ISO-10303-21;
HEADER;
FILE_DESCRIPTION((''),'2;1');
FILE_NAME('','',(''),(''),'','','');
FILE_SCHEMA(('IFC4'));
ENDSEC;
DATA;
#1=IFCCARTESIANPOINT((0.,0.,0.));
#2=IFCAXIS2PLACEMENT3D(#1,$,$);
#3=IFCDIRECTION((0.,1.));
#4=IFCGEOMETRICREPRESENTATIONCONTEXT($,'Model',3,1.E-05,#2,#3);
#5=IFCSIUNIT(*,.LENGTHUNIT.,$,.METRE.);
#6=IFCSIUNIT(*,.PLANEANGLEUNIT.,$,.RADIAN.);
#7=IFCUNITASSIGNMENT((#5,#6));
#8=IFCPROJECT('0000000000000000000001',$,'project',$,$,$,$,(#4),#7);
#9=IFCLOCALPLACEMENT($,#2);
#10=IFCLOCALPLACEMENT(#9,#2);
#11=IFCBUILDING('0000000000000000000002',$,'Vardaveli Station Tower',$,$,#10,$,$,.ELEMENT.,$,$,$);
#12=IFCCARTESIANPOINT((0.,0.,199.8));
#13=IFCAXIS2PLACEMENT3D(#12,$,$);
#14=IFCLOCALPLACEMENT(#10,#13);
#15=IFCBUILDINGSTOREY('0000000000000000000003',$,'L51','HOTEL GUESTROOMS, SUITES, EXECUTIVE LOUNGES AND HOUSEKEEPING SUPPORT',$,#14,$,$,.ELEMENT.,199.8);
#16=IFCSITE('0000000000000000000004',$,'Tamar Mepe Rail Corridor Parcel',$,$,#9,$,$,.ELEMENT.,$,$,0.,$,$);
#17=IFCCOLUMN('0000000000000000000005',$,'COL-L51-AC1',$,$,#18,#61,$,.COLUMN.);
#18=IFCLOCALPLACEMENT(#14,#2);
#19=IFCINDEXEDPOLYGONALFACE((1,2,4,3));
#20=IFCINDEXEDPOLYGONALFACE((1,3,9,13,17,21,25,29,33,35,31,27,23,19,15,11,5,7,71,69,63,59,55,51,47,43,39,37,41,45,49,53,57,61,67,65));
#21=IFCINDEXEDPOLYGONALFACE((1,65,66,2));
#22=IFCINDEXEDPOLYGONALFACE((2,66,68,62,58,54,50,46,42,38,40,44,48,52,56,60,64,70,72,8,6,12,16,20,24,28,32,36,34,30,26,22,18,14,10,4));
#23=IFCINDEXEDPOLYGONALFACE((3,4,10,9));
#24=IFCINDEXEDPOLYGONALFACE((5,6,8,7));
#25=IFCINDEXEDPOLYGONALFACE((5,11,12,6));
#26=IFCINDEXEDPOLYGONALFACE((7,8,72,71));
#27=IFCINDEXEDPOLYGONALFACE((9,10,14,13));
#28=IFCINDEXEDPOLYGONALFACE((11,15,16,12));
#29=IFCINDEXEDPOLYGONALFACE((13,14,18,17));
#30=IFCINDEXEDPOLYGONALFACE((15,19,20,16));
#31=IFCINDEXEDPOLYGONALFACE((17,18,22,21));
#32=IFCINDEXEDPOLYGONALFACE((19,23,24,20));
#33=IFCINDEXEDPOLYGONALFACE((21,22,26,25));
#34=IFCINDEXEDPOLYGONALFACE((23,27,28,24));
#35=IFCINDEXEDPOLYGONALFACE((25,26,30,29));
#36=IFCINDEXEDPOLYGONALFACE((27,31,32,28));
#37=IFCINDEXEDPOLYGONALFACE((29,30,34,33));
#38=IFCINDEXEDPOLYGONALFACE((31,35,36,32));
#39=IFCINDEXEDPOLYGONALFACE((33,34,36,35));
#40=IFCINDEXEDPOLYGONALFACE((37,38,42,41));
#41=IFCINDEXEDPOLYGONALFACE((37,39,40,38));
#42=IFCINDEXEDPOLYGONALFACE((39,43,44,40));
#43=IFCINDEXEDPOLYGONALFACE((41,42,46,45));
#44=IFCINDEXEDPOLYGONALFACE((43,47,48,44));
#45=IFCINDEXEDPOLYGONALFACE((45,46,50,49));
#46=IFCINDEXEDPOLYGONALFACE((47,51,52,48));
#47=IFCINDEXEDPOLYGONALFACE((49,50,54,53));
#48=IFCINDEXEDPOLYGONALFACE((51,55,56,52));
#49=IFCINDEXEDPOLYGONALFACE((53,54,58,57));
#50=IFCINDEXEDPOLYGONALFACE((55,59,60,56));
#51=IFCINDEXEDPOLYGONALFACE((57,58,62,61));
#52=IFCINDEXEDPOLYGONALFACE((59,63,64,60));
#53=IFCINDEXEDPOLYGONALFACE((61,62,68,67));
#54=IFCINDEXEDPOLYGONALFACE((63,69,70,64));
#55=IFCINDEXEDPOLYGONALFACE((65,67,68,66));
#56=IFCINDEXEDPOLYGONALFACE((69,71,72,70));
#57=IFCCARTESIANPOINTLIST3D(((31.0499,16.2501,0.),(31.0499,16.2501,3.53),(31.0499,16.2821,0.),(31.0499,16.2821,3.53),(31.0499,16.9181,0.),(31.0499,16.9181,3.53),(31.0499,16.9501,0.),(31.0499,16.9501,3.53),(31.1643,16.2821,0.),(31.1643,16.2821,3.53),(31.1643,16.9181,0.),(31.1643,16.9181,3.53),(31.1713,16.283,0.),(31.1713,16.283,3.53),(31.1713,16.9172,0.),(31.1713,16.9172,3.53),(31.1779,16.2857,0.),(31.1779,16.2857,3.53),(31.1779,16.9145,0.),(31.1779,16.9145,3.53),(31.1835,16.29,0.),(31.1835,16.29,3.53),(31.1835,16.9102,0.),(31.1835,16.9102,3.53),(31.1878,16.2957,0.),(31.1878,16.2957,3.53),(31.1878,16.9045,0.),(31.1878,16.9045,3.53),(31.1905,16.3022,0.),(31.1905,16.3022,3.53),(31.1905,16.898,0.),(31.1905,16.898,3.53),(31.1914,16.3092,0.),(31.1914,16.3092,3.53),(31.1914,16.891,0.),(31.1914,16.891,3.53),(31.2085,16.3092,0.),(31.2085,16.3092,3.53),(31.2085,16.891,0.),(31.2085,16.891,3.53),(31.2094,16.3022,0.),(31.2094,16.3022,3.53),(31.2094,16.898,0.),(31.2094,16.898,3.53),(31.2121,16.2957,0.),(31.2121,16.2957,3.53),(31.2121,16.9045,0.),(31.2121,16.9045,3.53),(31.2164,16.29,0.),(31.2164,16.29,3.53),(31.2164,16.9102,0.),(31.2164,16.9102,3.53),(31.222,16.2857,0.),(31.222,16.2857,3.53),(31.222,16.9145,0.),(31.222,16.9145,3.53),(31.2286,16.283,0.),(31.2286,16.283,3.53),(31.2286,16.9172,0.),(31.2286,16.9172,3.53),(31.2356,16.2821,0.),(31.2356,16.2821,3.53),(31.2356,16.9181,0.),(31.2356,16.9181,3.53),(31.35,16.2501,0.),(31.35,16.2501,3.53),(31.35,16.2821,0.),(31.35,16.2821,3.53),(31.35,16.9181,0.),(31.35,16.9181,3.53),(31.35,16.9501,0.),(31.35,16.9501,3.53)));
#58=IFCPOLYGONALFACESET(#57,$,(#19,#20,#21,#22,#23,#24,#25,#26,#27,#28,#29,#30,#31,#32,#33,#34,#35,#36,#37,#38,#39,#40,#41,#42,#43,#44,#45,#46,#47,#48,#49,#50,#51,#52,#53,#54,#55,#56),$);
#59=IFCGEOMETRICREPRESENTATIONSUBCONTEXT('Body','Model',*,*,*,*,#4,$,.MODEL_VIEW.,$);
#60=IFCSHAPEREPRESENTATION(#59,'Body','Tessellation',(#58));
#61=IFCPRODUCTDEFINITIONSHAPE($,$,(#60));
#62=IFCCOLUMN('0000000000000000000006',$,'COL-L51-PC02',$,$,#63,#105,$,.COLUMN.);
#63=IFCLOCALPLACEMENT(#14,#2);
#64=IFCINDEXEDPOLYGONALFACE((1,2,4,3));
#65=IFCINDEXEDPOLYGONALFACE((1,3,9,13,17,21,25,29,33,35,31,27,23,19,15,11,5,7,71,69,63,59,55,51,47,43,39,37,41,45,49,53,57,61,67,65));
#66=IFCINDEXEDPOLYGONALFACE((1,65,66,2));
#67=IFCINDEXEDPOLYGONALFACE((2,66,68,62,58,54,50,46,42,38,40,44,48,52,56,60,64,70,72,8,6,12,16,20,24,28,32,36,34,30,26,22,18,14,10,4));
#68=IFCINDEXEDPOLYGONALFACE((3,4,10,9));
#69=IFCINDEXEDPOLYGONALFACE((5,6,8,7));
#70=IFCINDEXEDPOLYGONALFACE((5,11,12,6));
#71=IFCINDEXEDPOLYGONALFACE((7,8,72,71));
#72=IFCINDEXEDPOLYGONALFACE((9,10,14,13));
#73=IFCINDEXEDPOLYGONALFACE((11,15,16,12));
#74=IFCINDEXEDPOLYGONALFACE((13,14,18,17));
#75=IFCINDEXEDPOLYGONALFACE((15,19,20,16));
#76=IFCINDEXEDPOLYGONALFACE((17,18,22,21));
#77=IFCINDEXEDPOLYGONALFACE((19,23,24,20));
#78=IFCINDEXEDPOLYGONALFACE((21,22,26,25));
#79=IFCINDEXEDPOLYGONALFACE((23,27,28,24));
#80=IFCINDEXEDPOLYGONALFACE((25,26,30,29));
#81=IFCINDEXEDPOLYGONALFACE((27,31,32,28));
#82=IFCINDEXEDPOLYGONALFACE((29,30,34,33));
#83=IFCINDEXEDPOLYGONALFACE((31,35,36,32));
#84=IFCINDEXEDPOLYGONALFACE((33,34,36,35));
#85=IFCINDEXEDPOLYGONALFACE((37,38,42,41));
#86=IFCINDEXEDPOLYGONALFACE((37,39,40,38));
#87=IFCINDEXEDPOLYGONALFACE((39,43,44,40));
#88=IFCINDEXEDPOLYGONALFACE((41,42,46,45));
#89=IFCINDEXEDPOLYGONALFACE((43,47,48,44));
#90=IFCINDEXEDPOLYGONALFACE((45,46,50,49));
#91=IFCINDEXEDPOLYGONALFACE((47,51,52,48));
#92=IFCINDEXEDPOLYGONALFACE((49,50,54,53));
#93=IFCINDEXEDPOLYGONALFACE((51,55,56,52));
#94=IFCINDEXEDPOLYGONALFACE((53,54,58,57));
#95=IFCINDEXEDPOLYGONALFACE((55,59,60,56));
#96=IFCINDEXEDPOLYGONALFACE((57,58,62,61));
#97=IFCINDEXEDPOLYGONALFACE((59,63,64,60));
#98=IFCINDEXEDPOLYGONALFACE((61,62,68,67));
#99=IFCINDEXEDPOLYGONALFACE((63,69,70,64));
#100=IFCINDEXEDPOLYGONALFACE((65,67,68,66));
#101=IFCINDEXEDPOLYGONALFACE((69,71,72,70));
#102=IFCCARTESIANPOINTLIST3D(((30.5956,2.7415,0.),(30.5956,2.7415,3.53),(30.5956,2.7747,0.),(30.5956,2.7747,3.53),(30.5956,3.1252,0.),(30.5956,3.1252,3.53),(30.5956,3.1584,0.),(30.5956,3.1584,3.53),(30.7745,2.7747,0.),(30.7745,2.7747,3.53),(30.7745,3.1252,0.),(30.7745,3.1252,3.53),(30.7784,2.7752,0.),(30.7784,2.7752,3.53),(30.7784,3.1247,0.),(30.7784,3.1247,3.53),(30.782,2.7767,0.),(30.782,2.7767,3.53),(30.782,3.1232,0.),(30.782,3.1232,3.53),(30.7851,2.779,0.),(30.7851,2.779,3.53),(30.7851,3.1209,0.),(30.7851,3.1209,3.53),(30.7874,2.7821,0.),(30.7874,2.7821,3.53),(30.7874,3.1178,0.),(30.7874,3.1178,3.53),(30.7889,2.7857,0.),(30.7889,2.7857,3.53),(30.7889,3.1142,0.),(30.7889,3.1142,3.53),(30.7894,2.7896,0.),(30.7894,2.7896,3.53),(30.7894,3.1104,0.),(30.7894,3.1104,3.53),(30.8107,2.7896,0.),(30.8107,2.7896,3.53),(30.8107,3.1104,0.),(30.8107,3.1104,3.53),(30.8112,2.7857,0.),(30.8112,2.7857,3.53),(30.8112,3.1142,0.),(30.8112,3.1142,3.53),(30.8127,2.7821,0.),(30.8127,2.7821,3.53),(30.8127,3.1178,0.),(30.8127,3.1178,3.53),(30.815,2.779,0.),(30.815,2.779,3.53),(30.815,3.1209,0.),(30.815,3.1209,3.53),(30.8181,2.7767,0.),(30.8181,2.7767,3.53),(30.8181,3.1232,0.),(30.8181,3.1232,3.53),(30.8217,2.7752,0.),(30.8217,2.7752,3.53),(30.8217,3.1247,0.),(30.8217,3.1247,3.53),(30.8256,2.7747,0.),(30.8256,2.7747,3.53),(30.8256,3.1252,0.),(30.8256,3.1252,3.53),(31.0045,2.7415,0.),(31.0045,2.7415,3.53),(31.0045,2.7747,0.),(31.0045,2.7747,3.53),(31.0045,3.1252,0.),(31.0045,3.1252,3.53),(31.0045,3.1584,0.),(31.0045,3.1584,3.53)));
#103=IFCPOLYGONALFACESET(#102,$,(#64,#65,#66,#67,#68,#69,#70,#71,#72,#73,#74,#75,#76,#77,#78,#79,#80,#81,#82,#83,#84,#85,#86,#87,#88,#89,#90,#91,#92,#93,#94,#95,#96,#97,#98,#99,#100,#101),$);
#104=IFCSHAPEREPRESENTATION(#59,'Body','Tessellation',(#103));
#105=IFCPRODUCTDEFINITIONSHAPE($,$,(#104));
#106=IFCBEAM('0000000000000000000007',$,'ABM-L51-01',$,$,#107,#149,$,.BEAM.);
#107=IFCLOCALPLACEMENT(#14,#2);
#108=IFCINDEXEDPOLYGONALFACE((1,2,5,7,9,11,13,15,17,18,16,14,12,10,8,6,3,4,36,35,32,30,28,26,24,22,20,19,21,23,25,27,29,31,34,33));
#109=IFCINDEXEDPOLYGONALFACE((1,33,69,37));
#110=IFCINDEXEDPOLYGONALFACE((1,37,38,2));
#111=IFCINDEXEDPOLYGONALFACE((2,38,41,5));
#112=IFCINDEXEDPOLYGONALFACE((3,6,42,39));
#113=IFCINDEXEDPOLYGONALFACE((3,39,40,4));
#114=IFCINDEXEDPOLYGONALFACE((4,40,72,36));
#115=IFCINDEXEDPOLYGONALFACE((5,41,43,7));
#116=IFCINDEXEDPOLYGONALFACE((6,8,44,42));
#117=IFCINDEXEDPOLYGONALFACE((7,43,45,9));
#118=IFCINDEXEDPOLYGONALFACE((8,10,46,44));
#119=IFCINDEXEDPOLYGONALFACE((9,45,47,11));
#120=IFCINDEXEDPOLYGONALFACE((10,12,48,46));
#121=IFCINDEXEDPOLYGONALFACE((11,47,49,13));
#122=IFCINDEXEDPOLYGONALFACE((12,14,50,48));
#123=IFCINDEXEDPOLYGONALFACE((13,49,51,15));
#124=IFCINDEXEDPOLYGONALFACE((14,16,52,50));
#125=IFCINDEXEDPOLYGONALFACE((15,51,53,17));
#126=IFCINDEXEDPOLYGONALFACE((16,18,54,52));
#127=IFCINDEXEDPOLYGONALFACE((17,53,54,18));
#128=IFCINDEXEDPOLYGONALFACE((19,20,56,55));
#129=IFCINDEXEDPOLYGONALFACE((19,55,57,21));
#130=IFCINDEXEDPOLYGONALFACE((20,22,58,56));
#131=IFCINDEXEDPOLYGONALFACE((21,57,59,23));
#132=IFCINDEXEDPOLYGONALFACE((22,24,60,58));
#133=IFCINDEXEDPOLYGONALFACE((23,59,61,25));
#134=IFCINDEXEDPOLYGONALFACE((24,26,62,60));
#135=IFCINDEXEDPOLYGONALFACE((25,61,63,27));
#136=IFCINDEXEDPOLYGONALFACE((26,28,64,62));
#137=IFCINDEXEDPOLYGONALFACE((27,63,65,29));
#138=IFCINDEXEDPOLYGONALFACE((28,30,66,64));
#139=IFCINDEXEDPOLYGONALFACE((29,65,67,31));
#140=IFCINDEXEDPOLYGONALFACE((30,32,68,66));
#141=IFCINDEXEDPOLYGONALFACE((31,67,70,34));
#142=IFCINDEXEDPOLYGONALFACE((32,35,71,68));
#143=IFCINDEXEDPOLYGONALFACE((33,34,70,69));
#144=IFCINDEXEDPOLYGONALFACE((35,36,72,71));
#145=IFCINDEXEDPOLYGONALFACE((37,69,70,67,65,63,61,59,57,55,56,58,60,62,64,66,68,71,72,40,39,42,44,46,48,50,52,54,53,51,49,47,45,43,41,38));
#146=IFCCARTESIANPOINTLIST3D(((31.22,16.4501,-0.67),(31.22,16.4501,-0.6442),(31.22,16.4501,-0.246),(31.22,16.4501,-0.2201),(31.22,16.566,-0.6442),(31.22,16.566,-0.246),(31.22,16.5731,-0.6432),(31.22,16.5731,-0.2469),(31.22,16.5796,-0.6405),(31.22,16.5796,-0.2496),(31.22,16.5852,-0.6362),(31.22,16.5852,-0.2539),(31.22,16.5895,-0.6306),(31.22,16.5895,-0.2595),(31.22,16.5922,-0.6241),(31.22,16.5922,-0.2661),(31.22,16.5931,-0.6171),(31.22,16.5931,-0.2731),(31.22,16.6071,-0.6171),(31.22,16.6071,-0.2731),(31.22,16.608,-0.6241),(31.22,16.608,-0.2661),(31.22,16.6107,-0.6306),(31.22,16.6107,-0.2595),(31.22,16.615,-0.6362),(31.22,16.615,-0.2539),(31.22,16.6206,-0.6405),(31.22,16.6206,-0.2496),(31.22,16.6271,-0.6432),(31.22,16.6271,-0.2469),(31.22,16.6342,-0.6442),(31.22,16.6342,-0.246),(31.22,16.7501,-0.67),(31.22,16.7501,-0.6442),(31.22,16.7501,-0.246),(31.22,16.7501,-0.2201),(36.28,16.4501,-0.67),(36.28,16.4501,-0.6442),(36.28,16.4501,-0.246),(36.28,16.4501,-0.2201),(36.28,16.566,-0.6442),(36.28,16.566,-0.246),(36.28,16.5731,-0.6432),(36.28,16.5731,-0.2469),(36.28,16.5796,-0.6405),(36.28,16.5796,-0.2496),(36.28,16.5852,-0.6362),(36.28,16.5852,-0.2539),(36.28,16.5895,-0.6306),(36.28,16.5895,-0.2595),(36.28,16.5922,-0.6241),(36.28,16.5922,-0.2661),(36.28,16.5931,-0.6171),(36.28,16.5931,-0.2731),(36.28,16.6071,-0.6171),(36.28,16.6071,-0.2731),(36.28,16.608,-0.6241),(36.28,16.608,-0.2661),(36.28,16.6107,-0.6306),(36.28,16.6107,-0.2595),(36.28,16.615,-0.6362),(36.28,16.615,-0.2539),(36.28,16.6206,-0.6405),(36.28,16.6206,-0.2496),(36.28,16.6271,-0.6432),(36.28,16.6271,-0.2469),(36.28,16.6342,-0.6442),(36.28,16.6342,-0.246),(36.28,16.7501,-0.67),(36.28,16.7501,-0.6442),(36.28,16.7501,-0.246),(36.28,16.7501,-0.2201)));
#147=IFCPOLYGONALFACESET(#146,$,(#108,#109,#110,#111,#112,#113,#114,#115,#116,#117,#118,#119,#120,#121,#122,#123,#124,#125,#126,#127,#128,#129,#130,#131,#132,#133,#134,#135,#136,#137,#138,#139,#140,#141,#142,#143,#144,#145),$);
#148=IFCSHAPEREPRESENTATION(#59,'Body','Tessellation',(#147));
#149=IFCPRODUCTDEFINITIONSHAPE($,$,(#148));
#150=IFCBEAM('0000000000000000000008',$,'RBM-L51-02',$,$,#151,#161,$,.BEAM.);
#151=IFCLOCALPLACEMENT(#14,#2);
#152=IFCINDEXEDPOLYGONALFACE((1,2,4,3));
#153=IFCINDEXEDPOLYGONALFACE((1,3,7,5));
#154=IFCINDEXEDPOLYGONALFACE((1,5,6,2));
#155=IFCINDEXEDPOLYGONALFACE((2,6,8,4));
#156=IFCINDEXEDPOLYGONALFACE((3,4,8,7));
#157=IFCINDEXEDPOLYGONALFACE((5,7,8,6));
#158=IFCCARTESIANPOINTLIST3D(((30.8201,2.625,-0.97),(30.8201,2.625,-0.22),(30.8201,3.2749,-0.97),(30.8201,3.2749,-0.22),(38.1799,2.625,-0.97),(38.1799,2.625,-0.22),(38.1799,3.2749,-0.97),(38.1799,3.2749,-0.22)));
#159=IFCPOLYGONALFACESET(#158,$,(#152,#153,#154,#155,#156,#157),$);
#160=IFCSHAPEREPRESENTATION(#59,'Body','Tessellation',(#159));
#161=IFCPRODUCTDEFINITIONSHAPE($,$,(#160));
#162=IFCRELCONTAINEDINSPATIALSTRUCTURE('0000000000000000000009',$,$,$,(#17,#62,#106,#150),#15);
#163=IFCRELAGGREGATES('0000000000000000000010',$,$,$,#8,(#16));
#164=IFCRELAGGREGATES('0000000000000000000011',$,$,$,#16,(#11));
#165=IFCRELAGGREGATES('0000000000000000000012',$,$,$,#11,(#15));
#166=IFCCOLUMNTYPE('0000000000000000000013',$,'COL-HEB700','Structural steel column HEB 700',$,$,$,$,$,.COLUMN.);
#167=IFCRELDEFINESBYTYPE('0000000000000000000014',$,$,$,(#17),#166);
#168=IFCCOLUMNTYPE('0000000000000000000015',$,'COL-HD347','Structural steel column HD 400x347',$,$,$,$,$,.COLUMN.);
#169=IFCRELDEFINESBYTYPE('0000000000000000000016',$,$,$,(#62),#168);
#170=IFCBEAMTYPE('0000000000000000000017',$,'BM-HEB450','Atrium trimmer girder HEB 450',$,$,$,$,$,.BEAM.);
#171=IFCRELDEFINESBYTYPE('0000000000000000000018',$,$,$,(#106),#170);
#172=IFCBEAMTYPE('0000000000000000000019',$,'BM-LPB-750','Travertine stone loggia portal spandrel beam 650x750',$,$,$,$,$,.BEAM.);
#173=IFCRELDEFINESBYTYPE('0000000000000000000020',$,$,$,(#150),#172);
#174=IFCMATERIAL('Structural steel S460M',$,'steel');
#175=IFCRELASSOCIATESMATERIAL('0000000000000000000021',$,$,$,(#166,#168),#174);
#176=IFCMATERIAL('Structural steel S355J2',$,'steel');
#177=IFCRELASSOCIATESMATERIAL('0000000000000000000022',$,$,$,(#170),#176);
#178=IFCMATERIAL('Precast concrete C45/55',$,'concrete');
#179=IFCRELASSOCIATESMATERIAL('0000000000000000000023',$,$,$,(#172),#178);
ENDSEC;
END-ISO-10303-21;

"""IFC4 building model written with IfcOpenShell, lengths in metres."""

from ifc_helpers import new_model, si_unit, direction, frame, origin, origin_2d, place, context, subcontext, project, spatial, rectangle, i_section, extrude, source, transform, mapped, material, material_profile, profile_set, type_object, element, save


model = new_model("IFC4")

# Units and contexts
model_context = context("Model", 3, precision=1e-05, world=origin(), true_north=direction((0.0, 1.0)))
body_context = subcontext(model_context, "Body", "Model", "MODEL_VIEW")
ifc_project = project(units=[si_unit("LENGTHUNIT", "METRE"), si_unit("PLANEANGLEUNIT", "RADIAN")], contexts=[model_context])

# Site, building, storey
site_placement = place(None, origin())
site = spatial("IfcSite", under=ifc_project, at=site_placement, Name="Tamar Mepe Rail Corridor Parcel", CompositionType="ELEMENT", RefElevation=0.0)
building_placement = place(site_placement, origin())
building = spatial("IfcBuilding", under=site, at=building_placement, Name="Vardaveli Station Tower", CompositionType="ELEMENT")
storey_placement = place(building_placement, frame((0.0, 0.0, 199.8)))
storey = spatial("IfcBuildingStorey", under=building, at=storey_placement, Name="L51", Description="HOTEL GUESTROOMS, SUITES, EXECUTIVE LOUNGES AND HOUSEKEEPING SUPPORT", CompositionType="ELEMENT", Elevation=199.8)

# Columns
ifc_material_1 = material(Name="Structural steel S460M", Category="steel")
ifc_material_profile_1 = material_profile(ifc_material_1, i_section(OverallWidth=0.3, OverallDepth=0.7, WebThickness=0.0171, FlangeThickness=0.032, FilletRadius=0.0271, at=origin_2d()), Name="HEB 700")
ifc_profile_set_1 = profile_set([ifc_material_profile_1], Name="Structural steel S460M")
column_type_1 = type_object("IfcColumnType", Name="COL-HEB700", Description="Structural steel column HEB 700", PredefinedType="COLUMN", material=ifc_profile_set_1)
shared_shape_1 = source(origin(), body_context, "Body", "SweptSolid", [
    extrude(i_section(OverallWidth=0.3, OverallDepth=0.7, WebThickness=0.0171, FlangeThickness=0.032, FilletRadius=0.0271, at=origin_2d()), origin(), (0.0, 0.0, 1.0), 3.53),
])
column_1_placement = place(storey_placement, frame((31.2, 16.6001, 0.0), z_axis=(0.0, 0.0, 1.0), x_axis=(1.0, 0.0, 0.0)))
element("IfcColumn", 1, at=column_1_placement, inside=storey, type_object=column_type_1, Name="COL-L51-AC1", PredefinedType="COLUMN", context=body_context, shape_type="MappedRepresentation", body=[
    mapped(shared_shape_1, transform((0.0, 0.0, 0.0), scale=1.0)),
])
ifc_material_profile_2 = material_profile(ifc_material_1, i_section(OverallWidth=0.4089, OverallDepth=0.417, WebThickness=0.0212, FlangeThickness=0.0332, FilletRadius=0.0149, at=origin_2d()), Name="HD 400x347")
ifc_profile_set_2 = profile_set([ifc_material_profile_2], Name="Structural steel S460M")
column_type_2 = type_object("IfcColumnType", Name="COL-HD347", Description="Structural steel column HD 400x347", PredefinedType="COLUMN", material=ifc_profile_set_2)
shared_shape_2 = source(origin(), body_context, "Body", "SweptSolid", [
    extrude(i_section(OverallWidth=0.4089, OverallDepth=0.417, WebThickness=0.0212, FlangeThickness=0.0332, FilletRadius=0.0149, at=origin_2d()), origin(), (0.0, 0.0, 1.0), 3.53),
])
column_2_placement = place(storey_placement, frame((30.8, 2.95, 0.0), z_axis=(0.0, 0.0, 1.0), x_axis=(1.0, 0.0, 0.0)))
element("IfcColumn", 2, at=column_2_placement, inside=storey, type_object=column_type_2, Name="COL-L51-PC02", PredefinedType="COLUMN", context=body_context, shape_type="MappedRepresentation", body=[
    mapped(shared_shape_2, transform((0.0, 0.0, 0.0), scale=1.0)),
])

# Beams
ifc_material_2 = material(Name="Structural steel S355J2", Category="steel")
ifc_material_profile_3 = material_profile(ifc_material_2, i_section(OverallWidth=0.3, OverallDepth=0.45, WebThickness=0.0139, FlangeThickness=0.0259, FilletRadius=0.0271, at=origin_2d()), Name="HEB 450")
ifc_profile_set_3 = profile_set([ifc_material_profile_3], Name="Structural steel S355J2")
beam_type_1 = type_object("IfcBeamType", Name="BM-HEB450", Description="Atrium trimmer girder HEB 450", PredefinedType="BEAM", material=ifc_profile_set_3)
shared_shape_3 = source(origin(), body_context, "Body", "SweptSolid", [
    extrude(i_section(OverallWidth=0.3, OverallDepth=0.45, WebThickness=0.0139, FlangeThickness=0.0259, FilletRadius=0.0271, at=origin_2d()), origin(), (0.0, 0.0, 1.0), 5.0601),
])
beam_1_placement = place(storey_placement, frame((31.22, 16.6001, -0.4451), z_axis=(1.0, 0.0, 0.0), x_axis=(0.0, 1.0, 0.0)))
element("IfcBeam", 3, at=beam_1_placement, inside=storey, type_object=beam_type_1, Name="ABM-L51-01", PredefinedType="BEAM", context=body_context, shape_type="MappedRepresentation", body=[
    mapped(shared_shape_3, transform((0.0, 0.0, 0.0), scale=1.0)),
])
ifc_material_3 = material(Name="Precast concrete C45/55", Category="concrete")
ifc_material_profile_4 = material_profile(ifc_material_3, rectangle(XDim=0.6499, YDim=0.75, at=origin_2d()), Name="LPB 650x750")
ifc_profile_set_4 = profile_set([ifc_material_profile_4], Name="Precast concrete C45/55")
beam_type_2 = type_object("IfcBeamType", Name="BM-LPB-750", Description="Travertine stone loggia portal spandrel beam 650x750", PredefinedType="BEAM", material=ifc_profile_set_4)
shared_shape_4 = source(origin(), body_context, "Body", "SweptSolid", [
    extrude(rectangle(XDim=0.6499, YDim=0.75, at=origin_2d()), origin(), (0.0, 0.0, 1.0), 7.3599),
])
beam_2_placement = place(storey_placement, frame((30.8201, 2.95, -0.595), z_axis=(1.0, 0.0, 0.0), x_axis=(0.0, 1.0, 0.0)))
element("IfcBeam", 4, at=beam_2_placement, inside=storey, type_object=beam_type_2, Name="RBM-L51-02", PredefinedType="BEAM", context=body_context, shape_type="MappedRepresentation", body=[
    mapped(shared_shape_4, transform((0.0, 0.0, 0.0), scale=1.0)),
])

save(model, "model.ifc")
